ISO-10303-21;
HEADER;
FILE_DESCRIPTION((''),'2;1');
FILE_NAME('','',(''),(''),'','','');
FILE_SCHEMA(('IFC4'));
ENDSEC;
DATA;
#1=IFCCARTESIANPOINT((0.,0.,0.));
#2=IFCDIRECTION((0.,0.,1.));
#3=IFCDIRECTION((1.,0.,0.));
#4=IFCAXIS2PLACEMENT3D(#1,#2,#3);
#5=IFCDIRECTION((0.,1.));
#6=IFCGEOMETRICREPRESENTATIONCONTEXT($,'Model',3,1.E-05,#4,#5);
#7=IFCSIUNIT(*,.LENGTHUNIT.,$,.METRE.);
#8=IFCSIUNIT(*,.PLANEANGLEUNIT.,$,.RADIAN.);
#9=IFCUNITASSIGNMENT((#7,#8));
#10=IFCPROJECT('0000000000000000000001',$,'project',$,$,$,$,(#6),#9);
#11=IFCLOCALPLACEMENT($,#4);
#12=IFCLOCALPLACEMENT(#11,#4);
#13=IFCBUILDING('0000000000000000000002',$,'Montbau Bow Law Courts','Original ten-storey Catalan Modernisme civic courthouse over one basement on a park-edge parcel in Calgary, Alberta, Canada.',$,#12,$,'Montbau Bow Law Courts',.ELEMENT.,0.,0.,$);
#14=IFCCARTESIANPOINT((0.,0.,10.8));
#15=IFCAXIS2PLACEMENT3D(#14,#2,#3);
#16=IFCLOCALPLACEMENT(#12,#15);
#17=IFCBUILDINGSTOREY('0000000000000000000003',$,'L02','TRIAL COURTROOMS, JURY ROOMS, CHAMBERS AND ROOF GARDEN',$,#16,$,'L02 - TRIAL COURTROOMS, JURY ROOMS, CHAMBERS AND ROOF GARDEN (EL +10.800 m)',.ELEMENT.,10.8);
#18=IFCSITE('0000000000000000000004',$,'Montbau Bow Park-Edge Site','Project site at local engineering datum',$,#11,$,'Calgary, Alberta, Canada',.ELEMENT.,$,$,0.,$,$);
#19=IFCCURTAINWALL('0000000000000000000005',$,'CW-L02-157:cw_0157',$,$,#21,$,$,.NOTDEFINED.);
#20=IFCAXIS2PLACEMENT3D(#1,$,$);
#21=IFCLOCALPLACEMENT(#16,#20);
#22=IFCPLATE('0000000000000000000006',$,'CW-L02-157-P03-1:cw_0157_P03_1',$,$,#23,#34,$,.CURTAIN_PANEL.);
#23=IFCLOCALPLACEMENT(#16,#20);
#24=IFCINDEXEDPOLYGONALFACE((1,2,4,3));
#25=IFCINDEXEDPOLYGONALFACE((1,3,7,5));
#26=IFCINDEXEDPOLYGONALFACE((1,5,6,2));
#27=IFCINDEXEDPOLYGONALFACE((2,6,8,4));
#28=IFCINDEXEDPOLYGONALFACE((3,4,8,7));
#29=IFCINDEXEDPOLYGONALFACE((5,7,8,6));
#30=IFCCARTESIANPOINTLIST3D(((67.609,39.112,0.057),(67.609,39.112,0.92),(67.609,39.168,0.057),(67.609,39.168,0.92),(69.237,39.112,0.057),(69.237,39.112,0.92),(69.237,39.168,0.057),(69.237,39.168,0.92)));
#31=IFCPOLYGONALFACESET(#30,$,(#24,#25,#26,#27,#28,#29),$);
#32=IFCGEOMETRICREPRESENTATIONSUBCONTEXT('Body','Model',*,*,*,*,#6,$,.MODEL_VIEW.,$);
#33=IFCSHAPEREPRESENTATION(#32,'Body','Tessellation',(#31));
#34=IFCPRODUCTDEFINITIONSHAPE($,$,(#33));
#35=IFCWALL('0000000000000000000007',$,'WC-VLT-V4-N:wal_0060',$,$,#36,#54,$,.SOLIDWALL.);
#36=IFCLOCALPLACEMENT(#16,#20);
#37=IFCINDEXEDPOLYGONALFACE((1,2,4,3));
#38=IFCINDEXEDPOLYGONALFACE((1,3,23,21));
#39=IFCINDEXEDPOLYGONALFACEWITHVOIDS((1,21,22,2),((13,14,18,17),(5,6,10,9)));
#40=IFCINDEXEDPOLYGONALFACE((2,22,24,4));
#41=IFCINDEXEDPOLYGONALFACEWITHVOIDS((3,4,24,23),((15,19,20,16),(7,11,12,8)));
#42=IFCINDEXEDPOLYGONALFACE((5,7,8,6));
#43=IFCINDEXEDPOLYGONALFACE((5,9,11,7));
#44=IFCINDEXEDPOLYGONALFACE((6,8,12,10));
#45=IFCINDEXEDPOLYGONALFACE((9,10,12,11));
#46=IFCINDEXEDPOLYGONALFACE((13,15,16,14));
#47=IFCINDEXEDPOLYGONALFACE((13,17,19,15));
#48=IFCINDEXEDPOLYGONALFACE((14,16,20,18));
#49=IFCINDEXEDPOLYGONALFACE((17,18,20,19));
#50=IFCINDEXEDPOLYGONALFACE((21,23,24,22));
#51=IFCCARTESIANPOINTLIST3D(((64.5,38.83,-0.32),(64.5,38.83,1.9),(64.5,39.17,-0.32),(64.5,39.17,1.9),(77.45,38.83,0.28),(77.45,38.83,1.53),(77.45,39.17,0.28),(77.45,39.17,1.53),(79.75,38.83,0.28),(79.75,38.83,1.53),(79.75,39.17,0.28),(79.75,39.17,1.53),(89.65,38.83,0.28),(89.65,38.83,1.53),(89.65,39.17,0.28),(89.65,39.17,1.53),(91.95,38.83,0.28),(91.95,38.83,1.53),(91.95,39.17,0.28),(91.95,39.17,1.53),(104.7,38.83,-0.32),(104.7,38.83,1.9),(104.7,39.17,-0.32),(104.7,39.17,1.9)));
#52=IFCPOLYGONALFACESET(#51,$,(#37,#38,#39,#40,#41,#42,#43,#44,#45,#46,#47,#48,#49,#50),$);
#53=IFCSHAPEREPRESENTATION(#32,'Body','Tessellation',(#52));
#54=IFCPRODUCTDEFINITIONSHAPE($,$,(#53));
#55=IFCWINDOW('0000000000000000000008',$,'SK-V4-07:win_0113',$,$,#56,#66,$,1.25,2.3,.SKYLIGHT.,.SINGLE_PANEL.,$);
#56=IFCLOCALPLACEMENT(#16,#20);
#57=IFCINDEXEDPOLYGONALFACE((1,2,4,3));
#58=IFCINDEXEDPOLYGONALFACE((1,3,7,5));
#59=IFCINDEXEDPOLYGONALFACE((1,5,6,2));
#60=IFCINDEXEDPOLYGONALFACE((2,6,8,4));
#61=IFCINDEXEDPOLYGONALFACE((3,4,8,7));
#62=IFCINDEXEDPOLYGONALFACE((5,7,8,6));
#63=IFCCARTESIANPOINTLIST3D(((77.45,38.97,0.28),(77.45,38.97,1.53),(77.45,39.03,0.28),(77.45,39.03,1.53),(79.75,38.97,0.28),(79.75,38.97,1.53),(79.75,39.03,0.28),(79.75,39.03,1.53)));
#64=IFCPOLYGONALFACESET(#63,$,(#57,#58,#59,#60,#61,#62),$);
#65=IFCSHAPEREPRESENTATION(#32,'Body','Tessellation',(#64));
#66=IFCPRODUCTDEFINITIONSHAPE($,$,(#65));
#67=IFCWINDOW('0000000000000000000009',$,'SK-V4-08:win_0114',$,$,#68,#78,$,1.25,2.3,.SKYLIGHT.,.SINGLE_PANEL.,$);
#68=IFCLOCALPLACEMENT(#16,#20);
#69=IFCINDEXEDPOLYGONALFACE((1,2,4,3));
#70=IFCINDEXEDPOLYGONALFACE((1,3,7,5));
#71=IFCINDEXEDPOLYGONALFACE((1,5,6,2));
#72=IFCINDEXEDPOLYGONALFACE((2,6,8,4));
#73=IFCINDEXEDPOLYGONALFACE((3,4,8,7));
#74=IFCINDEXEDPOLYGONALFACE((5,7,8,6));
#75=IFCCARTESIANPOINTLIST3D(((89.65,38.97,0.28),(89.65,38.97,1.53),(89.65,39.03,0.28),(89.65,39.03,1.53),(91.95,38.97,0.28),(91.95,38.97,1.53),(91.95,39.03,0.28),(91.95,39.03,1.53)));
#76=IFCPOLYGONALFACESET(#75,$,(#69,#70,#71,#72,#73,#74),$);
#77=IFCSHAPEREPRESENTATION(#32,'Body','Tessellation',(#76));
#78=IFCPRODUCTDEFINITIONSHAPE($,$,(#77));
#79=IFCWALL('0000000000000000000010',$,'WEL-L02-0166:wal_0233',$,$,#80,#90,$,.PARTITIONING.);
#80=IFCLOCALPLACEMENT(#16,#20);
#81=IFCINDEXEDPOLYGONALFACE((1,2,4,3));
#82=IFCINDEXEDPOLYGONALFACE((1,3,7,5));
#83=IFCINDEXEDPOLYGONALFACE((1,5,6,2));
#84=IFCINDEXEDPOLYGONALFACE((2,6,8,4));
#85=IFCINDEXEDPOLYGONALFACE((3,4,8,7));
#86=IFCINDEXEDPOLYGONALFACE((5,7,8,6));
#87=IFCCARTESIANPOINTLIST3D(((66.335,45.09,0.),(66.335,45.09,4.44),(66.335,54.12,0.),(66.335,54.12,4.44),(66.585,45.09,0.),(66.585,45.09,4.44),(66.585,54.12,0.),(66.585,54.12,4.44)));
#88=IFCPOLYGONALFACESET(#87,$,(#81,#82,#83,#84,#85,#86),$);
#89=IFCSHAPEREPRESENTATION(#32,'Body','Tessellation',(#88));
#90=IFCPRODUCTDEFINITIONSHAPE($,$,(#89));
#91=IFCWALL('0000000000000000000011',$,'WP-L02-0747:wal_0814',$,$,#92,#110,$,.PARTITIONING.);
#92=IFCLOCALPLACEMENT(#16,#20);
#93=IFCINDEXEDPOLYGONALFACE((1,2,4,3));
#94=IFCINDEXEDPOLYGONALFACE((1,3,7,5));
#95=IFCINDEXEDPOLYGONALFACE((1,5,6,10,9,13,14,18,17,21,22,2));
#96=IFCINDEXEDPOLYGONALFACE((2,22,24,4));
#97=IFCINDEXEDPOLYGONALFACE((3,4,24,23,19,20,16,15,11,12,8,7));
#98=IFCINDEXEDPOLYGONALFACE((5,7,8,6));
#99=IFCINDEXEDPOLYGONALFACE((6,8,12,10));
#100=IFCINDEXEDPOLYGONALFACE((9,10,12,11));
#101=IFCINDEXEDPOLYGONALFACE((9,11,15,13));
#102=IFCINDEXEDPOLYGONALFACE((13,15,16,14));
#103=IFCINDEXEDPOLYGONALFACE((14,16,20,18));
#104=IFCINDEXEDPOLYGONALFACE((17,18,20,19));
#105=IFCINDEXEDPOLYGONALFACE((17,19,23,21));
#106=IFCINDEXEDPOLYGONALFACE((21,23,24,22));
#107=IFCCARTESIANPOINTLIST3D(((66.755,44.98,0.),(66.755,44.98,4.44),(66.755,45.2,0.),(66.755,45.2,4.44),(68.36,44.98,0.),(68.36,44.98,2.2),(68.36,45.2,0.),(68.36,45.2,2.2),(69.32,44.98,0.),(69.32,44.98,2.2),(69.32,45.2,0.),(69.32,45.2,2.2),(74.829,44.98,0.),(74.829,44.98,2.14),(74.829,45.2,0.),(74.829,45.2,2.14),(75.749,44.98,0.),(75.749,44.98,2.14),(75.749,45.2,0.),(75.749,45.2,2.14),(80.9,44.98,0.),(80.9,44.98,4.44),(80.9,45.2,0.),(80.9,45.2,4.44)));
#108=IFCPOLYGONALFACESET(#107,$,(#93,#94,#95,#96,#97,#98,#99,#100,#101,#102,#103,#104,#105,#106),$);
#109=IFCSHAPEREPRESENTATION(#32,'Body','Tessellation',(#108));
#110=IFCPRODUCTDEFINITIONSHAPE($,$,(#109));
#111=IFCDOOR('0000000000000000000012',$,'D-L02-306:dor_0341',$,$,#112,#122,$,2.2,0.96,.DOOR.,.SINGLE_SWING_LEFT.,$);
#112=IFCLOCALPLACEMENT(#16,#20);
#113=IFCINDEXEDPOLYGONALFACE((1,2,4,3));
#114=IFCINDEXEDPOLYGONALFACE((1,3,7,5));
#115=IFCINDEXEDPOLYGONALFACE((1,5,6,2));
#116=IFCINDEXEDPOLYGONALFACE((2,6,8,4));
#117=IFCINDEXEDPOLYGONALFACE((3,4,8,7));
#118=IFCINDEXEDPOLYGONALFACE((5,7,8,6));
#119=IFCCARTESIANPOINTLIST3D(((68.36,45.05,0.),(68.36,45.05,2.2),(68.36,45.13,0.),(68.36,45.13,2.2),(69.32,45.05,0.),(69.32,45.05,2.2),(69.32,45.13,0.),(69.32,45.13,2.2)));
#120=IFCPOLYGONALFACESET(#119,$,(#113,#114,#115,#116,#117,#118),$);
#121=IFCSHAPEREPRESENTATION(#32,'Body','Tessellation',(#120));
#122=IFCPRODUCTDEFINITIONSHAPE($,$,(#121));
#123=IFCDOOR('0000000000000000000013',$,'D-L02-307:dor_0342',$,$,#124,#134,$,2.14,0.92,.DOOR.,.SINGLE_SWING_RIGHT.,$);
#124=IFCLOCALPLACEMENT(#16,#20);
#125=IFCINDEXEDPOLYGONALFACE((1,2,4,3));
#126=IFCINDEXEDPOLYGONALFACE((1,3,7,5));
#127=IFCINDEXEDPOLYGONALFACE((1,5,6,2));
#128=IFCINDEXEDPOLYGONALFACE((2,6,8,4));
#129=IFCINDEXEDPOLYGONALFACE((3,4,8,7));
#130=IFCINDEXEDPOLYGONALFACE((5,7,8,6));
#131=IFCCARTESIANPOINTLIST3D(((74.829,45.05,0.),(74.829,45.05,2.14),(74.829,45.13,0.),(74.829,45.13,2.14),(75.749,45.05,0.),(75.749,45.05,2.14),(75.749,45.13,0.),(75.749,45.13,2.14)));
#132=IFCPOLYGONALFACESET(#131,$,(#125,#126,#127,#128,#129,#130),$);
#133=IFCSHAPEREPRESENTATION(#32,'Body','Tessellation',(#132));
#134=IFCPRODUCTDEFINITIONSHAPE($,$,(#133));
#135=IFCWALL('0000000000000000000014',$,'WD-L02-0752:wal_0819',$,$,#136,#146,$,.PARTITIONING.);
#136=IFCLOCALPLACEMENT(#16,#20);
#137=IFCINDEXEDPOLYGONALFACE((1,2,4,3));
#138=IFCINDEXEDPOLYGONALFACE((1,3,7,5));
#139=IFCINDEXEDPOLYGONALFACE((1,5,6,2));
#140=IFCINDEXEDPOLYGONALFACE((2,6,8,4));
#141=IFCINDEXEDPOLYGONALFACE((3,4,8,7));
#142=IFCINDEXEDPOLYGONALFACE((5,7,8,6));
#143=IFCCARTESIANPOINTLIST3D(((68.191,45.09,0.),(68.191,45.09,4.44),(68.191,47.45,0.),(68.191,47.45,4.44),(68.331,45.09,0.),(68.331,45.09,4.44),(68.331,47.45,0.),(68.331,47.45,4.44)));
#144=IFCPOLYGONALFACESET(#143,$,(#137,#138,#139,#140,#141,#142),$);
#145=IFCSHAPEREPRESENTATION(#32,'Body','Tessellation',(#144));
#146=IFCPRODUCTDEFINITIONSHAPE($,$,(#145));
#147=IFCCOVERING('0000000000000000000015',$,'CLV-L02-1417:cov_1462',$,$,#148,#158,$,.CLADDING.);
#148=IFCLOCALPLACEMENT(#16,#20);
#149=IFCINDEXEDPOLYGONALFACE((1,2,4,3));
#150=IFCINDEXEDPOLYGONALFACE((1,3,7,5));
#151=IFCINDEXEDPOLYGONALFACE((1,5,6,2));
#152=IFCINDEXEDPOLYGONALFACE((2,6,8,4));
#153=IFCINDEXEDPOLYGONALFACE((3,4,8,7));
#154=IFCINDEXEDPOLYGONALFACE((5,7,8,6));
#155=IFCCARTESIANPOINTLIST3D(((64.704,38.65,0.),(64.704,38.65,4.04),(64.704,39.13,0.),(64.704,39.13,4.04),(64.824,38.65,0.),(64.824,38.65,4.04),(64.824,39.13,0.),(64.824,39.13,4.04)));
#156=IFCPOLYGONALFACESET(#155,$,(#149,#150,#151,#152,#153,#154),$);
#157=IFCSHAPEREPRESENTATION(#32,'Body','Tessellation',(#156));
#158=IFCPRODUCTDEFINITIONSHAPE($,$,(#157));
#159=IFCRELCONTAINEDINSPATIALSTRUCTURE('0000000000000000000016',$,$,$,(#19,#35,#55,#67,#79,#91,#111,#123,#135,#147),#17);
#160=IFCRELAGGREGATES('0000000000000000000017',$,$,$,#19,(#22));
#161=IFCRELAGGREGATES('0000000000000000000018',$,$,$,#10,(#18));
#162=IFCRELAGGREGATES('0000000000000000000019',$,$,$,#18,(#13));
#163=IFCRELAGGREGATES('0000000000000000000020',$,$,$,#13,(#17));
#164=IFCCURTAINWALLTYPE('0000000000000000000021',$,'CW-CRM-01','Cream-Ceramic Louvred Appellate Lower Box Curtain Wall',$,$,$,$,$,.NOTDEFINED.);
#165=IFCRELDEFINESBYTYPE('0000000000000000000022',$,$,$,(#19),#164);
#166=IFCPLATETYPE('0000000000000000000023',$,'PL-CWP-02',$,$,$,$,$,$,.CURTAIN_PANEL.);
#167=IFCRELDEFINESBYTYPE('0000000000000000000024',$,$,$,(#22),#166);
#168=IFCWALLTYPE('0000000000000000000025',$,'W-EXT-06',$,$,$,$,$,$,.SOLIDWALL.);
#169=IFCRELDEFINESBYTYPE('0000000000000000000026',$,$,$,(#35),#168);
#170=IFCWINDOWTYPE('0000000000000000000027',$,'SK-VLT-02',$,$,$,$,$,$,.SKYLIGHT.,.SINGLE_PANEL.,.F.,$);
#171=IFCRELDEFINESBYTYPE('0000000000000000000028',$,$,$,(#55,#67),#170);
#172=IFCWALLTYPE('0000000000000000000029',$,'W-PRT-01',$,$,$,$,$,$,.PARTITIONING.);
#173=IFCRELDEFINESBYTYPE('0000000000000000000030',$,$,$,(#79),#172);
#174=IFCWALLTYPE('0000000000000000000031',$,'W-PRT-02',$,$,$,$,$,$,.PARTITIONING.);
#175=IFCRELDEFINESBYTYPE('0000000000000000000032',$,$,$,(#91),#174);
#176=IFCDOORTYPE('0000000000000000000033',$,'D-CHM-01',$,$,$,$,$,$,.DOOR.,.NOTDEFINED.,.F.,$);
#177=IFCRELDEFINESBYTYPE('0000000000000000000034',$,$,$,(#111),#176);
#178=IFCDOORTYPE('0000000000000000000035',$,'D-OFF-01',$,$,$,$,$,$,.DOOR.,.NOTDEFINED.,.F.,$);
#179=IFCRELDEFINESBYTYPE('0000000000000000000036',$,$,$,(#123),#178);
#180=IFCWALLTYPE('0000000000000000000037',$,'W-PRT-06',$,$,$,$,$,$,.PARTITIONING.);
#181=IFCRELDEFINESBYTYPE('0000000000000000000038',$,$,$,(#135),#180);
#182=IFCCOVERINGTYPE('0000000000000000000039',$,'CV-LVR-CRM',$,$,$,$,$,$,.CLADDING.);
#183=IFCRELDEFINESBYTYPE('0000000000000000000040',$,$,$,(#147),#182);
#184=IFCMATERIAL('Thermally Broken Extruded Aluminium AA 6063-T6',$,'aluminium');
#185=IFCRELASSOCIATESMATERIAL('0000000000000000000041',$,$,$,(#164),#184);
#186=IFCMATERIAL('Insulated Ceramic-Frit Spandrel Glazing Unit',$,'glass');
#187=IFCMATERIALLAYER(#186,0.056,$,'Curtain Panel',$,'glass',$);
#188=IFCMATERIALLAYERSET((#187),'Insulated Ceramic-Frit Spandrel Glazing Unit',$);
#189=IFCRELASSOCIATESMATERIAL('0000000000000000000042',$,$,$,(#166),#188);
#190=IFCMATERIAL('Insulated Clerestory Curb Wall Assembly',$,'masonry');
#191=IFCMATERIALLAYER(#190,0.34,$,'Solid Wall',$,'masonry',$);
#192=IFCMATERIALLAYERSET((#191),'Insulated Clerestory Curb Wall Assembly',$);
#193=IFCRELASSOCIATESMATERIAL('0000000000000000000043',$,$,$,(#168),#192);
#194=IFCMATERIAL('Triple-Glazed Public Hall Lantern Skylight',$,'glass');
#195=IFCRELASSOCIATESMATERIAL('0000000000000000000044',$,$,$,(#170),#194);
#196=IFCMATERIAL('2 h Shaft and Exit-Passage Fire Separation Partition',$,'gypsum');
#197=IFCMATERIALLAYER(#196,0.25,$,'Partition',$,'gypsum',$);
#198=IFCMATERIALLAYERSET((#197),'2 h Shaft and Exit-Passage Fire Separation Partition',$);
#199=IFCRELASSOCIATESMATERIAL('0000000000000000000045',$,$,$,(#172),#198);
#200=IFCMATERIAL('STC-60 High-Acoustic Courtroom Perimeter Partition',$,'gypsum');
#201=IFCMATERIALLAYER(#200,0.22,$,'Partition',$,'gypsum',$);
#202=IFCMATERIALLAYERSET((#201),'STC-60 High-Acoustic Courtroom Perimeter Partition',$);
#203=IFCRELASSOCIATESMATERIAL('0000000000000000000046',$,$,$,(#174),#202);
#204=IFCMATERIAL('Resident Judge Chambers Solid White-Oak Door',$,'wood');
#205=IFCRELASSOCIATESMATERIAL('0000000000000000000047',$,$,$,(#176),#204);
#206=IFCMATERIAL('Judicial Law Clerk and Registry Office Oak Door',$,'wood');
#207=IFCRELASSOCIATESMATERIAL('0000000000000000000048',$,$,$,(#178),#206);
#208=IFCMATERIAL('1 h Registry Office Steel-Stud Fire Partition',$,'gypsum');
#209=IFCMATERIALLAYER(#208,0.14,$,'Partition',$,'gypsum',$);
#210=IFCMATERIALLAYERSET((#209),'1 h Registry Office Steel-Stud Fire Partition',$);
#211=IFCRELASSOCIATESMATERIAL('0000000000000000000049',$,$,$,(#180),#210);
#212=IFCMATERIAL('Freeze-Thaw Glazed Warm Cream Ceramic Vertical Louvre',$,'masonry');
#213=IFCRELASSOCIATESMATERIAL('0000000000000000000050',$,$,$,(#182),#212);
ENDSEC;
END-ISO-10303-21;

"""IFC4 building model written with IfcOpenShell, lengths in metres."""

from ifc_helpers import new_model, si_unit, direction, frame, frame_2d, origin_with_axes, place, context, subcontext, project, spatial, rectangle, extrude, material, layer, layer_set, type_object, element, fill, aggregate, save


model = new_model("IFC4")

# Units and contexts
model_context = context("Model", 3, precision=1e-05, world=origin_with_axes(), true_north=direction((0.0, 1.0)))
body_context = subcontext(model_context, "Body", "Model", "MODEL_VIEW")
ifc_project = project(units=[si_unit("LENGTHUNIT", "METRE"), si_unit("PLANEANGLEUNIT", "RADIAN")], contexts=[model_context])

# Site, building, storey
site_placement = place(None, origin_with_axes())
site = spatial("IfcSite", under=ifc_project, at=site_placement, Name="Montbau Bow Park-Edge Site", Description="Project site at local engineering datum", LongName="Calgary, Alberta, Canada", CompositionType="ELEMENT", RefElevation=0.0)
building_placement = place(site_placement, origin_with_axes())
building = spatial("IfcBuilding", under=site, at=building_placement, Name="Montbau Bow Law Courts", Description="Original ten-storey Catalan Modernisme civic courthouse over one basement on a park-edge parcel in Calgary, Alberta, Canada.", LongName="Montbau Bow Law Courts", CompositionType="ELEMENT", ElevationOfRefHeight=0.0, ElevationOfTerrain=0.0)
storey_placement = place(building_placement, frame((0.0, 0.0, 10.8), z_axis=(0.0, 0.0, 1.0), x_axis=(1.0, 0.0, 0.0)))
storey = spatial("IfcBuildingStorey", under=building, at=storey_placement, Name="L02", Description="TRIAL COURTROOMS, JURY ROOMS, CHAMBERS AND ROOF GARDEN", LongName="L02 - TRIAL COURTROOMS, JURY ROOMS, CHAMBERS AND ROOF GARDEN (EL +10.800 m)", CompositionType="ELEMENT", Elevation=10.8)

# Curtain wall, plate
ifc_material_1 = material(Name="Thermally Broken Extruded Aluminium AA 6063-T6", Category="aluminium")
curtain_wall_type = type_object("IfcCurtainWallType", Name="CW-CRM-01", Description="Cream-Ceramic Louvred Appellate Lower Box Curtain Wall", PredefinedType="NOTDEFINED", material=ifc_material_1)
curtain_wall_placement = place(None, frame((64.115, 39.14, 10.8), z_axis=(0.0, 0.0, 1.0), x_axis=(1.0, 0.0, 0.0)))
curtain_wall = element("IfcCurtainWall", 1, at=curtain_wall_placement, inside=storey, type_object=curtain_wall_type, Name="CW-L02-157:cw_0157", PredefinedType="NOTDEFINED")
ifc_material_2 = material(Name="Insulated Ceramic-Frit Spandrel Glazing Unit", Category="glass")
ifc_layer_1 = layer(ifc_material_2, 0.056, Name="Curtain Panel", Category="glass")
ifc_layer_set_1 = layer_set([ifc_layer_1], Name="Insulated Ceramic-Frit Spandrel Glazing Unit")
plate_type_1 = type_object("IfcPlateType", Name="PL-CWP-02", PredefinedType="CURTAIN_PANEL", material=ifc_layer_set_1)
plate_1_placement = place(None, frame((67.609, 39.14, 10.857), z_axis=(0.0, -1.0, 0.0), x_axis=(1.0, 0.0, 0.0)))
plate_1 = element("IfcPlate", 2, at=plate_1_placement, type_object=plate_type_1, Name="CW-L02-157-P03-1:cw_0157_P03_1", PredefinedType="CURTAIN_PANEL", context=body_context, shape_type="SweptSolid", body=[
    extrude(rectangle(XDim=1.628, YDim=0.863, at=frame_2d((0.814, 0.4315), x_axis=(1.0, 0.0))), frame((0.0, 0.0, -0.028), z_axis=(0.0, 0.0, 1.0), x_axis=(1.0, 0.0, 0.0)), (0.0, 0.0, 1.0), 0.056),
])
aggregate(curtain_wall, [plate_1])

# Wall, openings, windows
ifc_material_3 = material(Name="Insulated Clerestory Curb Wall Assembly", Category="masonry")
ifc_layer_2 = layer(ifc_material_3, 0.34, Name="Solid Wall", Category="masonry")
ifc_layer_set_2 = layer_set([ifc_layer_2], Name="Insulated Clerestory Curb Wall Assembly")
wall_type_1 = type_object("IfcWallType", Name="W-EXT-06", PredefinedType="SOLIDWALL", material=ifc_layer_set_2)
wall_1_placement = place(None, frame((64.5, 39.0, 10.48), z_axis=(0.0, 0.0, 1.0), x_axis=(1.0, 0.0, 0.0)))
wall_1 = element("IfcWall", 3, at=wall_1_placement, inside=storey, type_object=wall_type_1, Name="WC-VLT-V4-N:wal_0060", PredefinedType="SOLIDWALL", context=body_context, shape_type="SweptSolid", body=[
    extrude(rectangle(XDim=40.2, YDim=0.34, at=frame_2d((20.1, 0.0), x_axis=(1.0, 0.0))), origin_with_axes(), (0.0, 0.0, 1.0), 2.22),
])
opening_1_placement = place(None, frame((78.6, 39.0, 11.08), z_axis=(0.0, 0.0, 1.0), x_axis=(1.0, 0.0, 0.0)))
opening_1 = element("IfcOpeningElement", 4, at=opening_1_placement, cuts=wall_1, PredefinedType="OPENING", context=body_context, shape_type="SweptSolid", body=[
    extrude(rectangle(XDim=2.3, YDim=1.25, at=frame_2d((0.0, 0.625), x_axis=(1.0, 0.0))), frame((0.0, 0.18, 0.0), z_axis=(0.0, -1.0, 0.0), x_axis=(1.0, 0.0, 0.0)), (0.0, 0.0, 1.0), 0.36),
])
opening_2_placement = place(None, frame((90.8, 39.0, 11.08), z_axis=(0.0, 0.0, 1.0), x_axis=(1.0, 0.0, 0.0)))
opening_2 = element("IfcOpeningElement", 5, at=opening_2_placement, cuts=wall_1, PredefinedType="OPENING", context=body_context, shape_type="SweptSolid", body=[
    extrude(rectangle(XDim=2.3, YDim=1.25, at=frame_2d((0.0, 0.625), x_axis=(1.0, 0.0))), frame((0.0, 0.18, 0.0), z_axis=(0.0, -1.0, 0.0), x_axis=(1.0, 0.0, 0.0)), (0.0, 0.0, 1.0), 0.36),
])
ifc_material_4 = material(Name="Triple-Glazed Public Hall Lantern Skylight", Category="glass")
window_type = type_object("IfcWindowType", Name="SK-VLT-02", ParameterTakesPrecedence=False, PartitioningType="SINGLE_PANEL", PredefinedType="SKYLIGHT", material=ifc_material_4)
window_1_placement = place(None, frame((78.6, 39.0, 11.08), z_axis=(0.0, 0.0, 1.0), x_axis=(1.0, 0.0, 0.0)))
window_1 = element("IfcWindow", 6, at=window_1_placement, inside=storey, type_object=window_type, Name="SK-V4-07:win_0113", OverallHeight=1.25, OverallWidth=2.3, PartitioningType="SINGLE_PANEL", PredefinedType="SKYLIGHT", context=body_context, shape_type="SweptSolid", body=[
    extrude(rectangle(XDim=2.3, YDim=1.25, at=frame_2d((0.0, 0.625), x_axis=(1.0, 0.0))), frame((0.0, 0.03, 0.0), z_axis=(0.0, -1.0, 0.0), x_axis=(1.0, 0.0, 0.0)), (0.0, 0.0, 1.0), 0.06),
])
fill(opening_1, window_1)
window_2_placement = place(None, frame((90.8, 39.0, 11.08), z_axis=(0.0, 0.0, 1.0), x_axis=(1.0, 0.0, 0.0)))
window_2 = element("IfcWindow", 7, at=window_2_placement, inside=storey, type_object=window_type, Name="SK-V4-08:win_0114", OverallHeight=1.25, OverallWidth=2.3, PartitioningType="SINGLE_PANEL", PredefinedType="SKYLIGHT", context=body_context, shape_type="SweptSolid", body=[
    extrude(rectangle(XDim=2.3, YDim=1.25, at=frame_2d((0.0, 0.625), x_axis=(1.0, 0.0))), frame((0.0, 0.03, 0.0), z_axis=(0.0, -1.0, 0.0), x_axis=(1.0, 0.0, 0.0)), (0.0, 0.0, 1.0), 0.06),
])
fill(opening_2, window_2)

# Wall
ifc_material_5 = material(Name="2 h Shaft and Exit-Passage Fire Separation Partition", Category="gypsum")
ifc_layer_3 = layer(ifc_material_5, 0.25, Name="Partition", Category="gypsum")
ifc_layer_set_3 = layer_set([ifc_layer_3], Name="2 h Shaft and Exit-Passage Fire Separation Partition")
wall_type_2 = type_object("IfcWallType", Name="W-PRT-01", PredefinedType="PARTITIONING", material=ifc_layer_set_3)
wall_2_placement = place(None, frame((66.46, 45.09, 10.8), z_axis=(0.0, 0.0, 1.0), x_axis=(0.0, 1.0, 0.0)))
element("IfcWall", 8, at=wall_2_placement, inside=storey, type_object=wall_type_2, Name="WEL-L02-0166:wal_0233", PredefinedType="PARTITIONING", context=body_context, shape_type="SweptSolid", body=[
    extrude(rectangle(XDim=9.03, YDim=0.25, at=frame_2d((4.515, 0.0), x_axis=(1.0, 0.0))), origin_with_axes(), (0.0, 0.0, 1.0), 4.44),
])

# Wall, openings, doors
ifc_material_6 = material(Name="STC-60 High-Acoustic Courtroom Perimeter Partition", Category="gypsum")
ifc_layer_4 = layer(ifc_material_6, 0.22, Name="Partition", Category="gypsum")
ifc_layer_set_4 = layer_set([ifc_layer_4], Name="STC-60 High-Acoustic Courtroom Perimeter Partition")
wall_type_3 = type_object("IfcWallType", Name="W-PRT-02", PredefinedType="PARTITIONING", material=ifc_layer_set_4)
wall_3_placement = place(None, frame((66.755, 45.09, 10.8), z_axis=(0.0, 0.0, 1.0), x_axis=(1.0, 0.0, 0.0)))
wall_3 = element("IfcWall", 9, at=wall_3_placement, inside=storey, type_object=wall_type_3, Name="WP-L02-0747:wal_0814", PredefinedType="PARTITIONING", context=body_context, shape_type="SweptSolid", body=[
    extrude(rectangle(XDim=14.145, YDim=0.22, at=frame_2d((7.0725, 0.0), x_axis=(1.0, 0.0))), origin_with_axes(), (0.0, 0.0, 1.0), 4.44),
])
opening_3_placement = place(None, frame((68.84, 45.09, 10.8), z_axis=(0.0, 0.0, 1.0), x_axis=(1.0, 0.0, 0.0)))
opening_3 = element("IfcOpeningElement", 10, at=opening_3_placement, cuts=wall_3, PredefinedType="OPENING", context=body_context, shape_type="SweptSolid", body=[
    extrude(rectangle(XDim=0.96, YDim=2.2, at=frame_2d((0.0, 1.1), x_axis=(1.0, 0.0))), frame((0.0, 0.12, 0.0), z_axis=(0.0, -1.0, 0.0), x_axis=(1.0, 0.0, 0.0)), (0.0, 0.0, 1.0), 0.24),
])
opening_4_placement = place(None, frame((75.289, 45.09, 10.8), z_axis=(0.0, 0.0, 1.0), x_axis=(1.0, 0.0, 0.0)))
opening_4 = element("IfcOpeningElement", 11, at=opening_4_placement, cuts=wall_3, PredefinedType="OPENING", context=body_context, shape_type="SweptSolid", body=[
    extrude(rectangle(XDim=0.92, YDim=2.14, at=frame_2d((0.0, 1.07), x_axis=(1.0, 0.0))), frame((0.0, 0.12, 0.0), z_axis=(0.0, -1.0, 0.0), x_axis=(1.0, 0.0, 0.0)), (0.0, 0.0, 1.0), 0.24),
])
ifc_material_7 = material(Name="Resident Judge Chambers Solid White-Oak Door", Category="wood")
door_type_1 = type_object("IfcDoorType", Name="D-CHM-01", OperationType="NOTDEFINED", ParameterTakesPrecedence=False, PredefinedType="DOOR", material=ifc_material_7)
door_1_placement = place(None, frame((68.84, 45.09, 10.8), z_axis=(0.0, 0.0, 1.0), x_axis=(-1.0, 0.0, 0.0)))
door_1 = element("IfcDoor", 12, at=door_1_placement, inside=storey, type_object=door_type_1, Name="D-L02-306:dor_0341", OperationType="SINGLE_SWING_LEFT", OverallHeight=2.2, OverallWidth=0.96, PredefinedType="DOOR", context=body_context, shape_type="SweptSolid", body=[
    extrude(rectangle(XDim=0.96, YDim=2.2, at=frame_2d((0.0, 1.1), x_axis=(1.0, 0.0))), frame((0.0, 0.04, 0.0), z_axis=(0.0, -1.0, 0.0), x_axis=(1.0, 0.0, 0.0)), (0.0, 0.0, 1.0), 0.08),
])
fill(opening_3, door_1)
ifc_material_8 = material(Name="Judicial Law Clerk and Registry Office Oak Door", Category="wood")
door_type_2 = type_object("IfcDoorType", Name="D-OFF-01", OperationType="NOTDEFINED", ParameterTakesPrecedence=False, PredefinedType="DOOR", material=ifc_material_8)
door_2_placement = place(None, frame((75.289, 45.09, 10.8), z_axis=(0.0, 0.0, 1.0), x_axis=(-1.0, 0.0, 0.0)))
door_2 = element("IfcDoor", 13, at=door_2_placement, inside=storey, type_object=door_type_2, Name="D-L02-307:dor_0342", OperationType="SINGLE_SWING_RIGHT", OverallHeight=2.14, OverallWidth=0.92, PredefinedType="DOOR", context=body_context, shape_type="SweptSolid", body=[
    extrude(rectangle(XDim=0.92, YDim=2.14, at=frame_2d((0.0, 1.07), x_axis=(1.0, 0.0))), frame((0.0, 0.04, 0.0), z_axis=(0.0, -1.0, 0.0), x_axis=(1.0, 0.0, 0.0)), (0.0, 0.0, 1.0), 0.08),
])
fill(opening_4, door_2)

# Wall
ifc_material_9 = material(Name="1 h Registry Office Steel-Stud Fire Partition", Category="gypsum")
ifc_layer_5 = layer(ifc_material_9, 0.14, Name="Partition", Category="gypsum")
ifc_layer_set_5 = layer_set([ifc_layer_5], Name="1 h Registry Office Steel-Stud Fire Partition")
wall_type_4 = type_object("IfcWallType", Name="W-PRT-06", PredefinedType="PARTITIONING", material=ifc_layer_set_5)
wall_4_placement = place(None, frame((68.261, 45.09, 10.8), z_axis=(0.0, 0.0, 1.0), x_axis=(0.0, 1.0, 0.0)))
element("IfcWall", 14, at=wall_4_placement, inside=storey, type_object=wall_type_4, Name="WD-L02-0752:wal_0819", PredefinedType="PARTITIONING", context=body_context, shape_type="SweptSolid", body=[
    extrude(rectangle(XDim=2.36, YDim=0.14, at=frame_2d((1.18, 0.0), x_axis=(1.0, 0.0))), origin_with_axes(), (0.0, 0.0, 1.0), 4.44),
])

# Covering
ifc_material_10 = material(Name="Freeze-Thaw Glazed Warm Cream Ceramic Vertical Louvre", Category="masonry")
covering_type = type_object("IfcCoveringType", Name="CV-LVR-CRM", PredefinedType="CLADDING", material=ifc_material_10)
for number, where, z_axis, x_axis, name in (
    (15, (64.764, 39.13, 10.8), (-1.0, 0.0, 0.0), (0.0, -1.0, 0.0), "CLV-L02-1417:cov_1462"),
):
    element("IfcCovering", number, at=place(None, frame(where, z_axis=z_axis, x_axis=x_axis)), inside=storey, type_object=covering_type, Name=name, PredefinedType="CLADDING", context=body_context, shape_type="SweptSolid", body=[
        extrude(rectangle(XDim=0.48, YDim=4.04, at=frame_2d((0.24, 2.02), x_axis=(1.0, 0.0))), frame((0.0, 0.0, -0.06), z_axis=(0.0, 0.0, 1.0), x_axis=(1.0, 0.0, 0.0)), (0.0, 0.0, 1.0), 0.12),
    ])

save(model, "model.ifc")
